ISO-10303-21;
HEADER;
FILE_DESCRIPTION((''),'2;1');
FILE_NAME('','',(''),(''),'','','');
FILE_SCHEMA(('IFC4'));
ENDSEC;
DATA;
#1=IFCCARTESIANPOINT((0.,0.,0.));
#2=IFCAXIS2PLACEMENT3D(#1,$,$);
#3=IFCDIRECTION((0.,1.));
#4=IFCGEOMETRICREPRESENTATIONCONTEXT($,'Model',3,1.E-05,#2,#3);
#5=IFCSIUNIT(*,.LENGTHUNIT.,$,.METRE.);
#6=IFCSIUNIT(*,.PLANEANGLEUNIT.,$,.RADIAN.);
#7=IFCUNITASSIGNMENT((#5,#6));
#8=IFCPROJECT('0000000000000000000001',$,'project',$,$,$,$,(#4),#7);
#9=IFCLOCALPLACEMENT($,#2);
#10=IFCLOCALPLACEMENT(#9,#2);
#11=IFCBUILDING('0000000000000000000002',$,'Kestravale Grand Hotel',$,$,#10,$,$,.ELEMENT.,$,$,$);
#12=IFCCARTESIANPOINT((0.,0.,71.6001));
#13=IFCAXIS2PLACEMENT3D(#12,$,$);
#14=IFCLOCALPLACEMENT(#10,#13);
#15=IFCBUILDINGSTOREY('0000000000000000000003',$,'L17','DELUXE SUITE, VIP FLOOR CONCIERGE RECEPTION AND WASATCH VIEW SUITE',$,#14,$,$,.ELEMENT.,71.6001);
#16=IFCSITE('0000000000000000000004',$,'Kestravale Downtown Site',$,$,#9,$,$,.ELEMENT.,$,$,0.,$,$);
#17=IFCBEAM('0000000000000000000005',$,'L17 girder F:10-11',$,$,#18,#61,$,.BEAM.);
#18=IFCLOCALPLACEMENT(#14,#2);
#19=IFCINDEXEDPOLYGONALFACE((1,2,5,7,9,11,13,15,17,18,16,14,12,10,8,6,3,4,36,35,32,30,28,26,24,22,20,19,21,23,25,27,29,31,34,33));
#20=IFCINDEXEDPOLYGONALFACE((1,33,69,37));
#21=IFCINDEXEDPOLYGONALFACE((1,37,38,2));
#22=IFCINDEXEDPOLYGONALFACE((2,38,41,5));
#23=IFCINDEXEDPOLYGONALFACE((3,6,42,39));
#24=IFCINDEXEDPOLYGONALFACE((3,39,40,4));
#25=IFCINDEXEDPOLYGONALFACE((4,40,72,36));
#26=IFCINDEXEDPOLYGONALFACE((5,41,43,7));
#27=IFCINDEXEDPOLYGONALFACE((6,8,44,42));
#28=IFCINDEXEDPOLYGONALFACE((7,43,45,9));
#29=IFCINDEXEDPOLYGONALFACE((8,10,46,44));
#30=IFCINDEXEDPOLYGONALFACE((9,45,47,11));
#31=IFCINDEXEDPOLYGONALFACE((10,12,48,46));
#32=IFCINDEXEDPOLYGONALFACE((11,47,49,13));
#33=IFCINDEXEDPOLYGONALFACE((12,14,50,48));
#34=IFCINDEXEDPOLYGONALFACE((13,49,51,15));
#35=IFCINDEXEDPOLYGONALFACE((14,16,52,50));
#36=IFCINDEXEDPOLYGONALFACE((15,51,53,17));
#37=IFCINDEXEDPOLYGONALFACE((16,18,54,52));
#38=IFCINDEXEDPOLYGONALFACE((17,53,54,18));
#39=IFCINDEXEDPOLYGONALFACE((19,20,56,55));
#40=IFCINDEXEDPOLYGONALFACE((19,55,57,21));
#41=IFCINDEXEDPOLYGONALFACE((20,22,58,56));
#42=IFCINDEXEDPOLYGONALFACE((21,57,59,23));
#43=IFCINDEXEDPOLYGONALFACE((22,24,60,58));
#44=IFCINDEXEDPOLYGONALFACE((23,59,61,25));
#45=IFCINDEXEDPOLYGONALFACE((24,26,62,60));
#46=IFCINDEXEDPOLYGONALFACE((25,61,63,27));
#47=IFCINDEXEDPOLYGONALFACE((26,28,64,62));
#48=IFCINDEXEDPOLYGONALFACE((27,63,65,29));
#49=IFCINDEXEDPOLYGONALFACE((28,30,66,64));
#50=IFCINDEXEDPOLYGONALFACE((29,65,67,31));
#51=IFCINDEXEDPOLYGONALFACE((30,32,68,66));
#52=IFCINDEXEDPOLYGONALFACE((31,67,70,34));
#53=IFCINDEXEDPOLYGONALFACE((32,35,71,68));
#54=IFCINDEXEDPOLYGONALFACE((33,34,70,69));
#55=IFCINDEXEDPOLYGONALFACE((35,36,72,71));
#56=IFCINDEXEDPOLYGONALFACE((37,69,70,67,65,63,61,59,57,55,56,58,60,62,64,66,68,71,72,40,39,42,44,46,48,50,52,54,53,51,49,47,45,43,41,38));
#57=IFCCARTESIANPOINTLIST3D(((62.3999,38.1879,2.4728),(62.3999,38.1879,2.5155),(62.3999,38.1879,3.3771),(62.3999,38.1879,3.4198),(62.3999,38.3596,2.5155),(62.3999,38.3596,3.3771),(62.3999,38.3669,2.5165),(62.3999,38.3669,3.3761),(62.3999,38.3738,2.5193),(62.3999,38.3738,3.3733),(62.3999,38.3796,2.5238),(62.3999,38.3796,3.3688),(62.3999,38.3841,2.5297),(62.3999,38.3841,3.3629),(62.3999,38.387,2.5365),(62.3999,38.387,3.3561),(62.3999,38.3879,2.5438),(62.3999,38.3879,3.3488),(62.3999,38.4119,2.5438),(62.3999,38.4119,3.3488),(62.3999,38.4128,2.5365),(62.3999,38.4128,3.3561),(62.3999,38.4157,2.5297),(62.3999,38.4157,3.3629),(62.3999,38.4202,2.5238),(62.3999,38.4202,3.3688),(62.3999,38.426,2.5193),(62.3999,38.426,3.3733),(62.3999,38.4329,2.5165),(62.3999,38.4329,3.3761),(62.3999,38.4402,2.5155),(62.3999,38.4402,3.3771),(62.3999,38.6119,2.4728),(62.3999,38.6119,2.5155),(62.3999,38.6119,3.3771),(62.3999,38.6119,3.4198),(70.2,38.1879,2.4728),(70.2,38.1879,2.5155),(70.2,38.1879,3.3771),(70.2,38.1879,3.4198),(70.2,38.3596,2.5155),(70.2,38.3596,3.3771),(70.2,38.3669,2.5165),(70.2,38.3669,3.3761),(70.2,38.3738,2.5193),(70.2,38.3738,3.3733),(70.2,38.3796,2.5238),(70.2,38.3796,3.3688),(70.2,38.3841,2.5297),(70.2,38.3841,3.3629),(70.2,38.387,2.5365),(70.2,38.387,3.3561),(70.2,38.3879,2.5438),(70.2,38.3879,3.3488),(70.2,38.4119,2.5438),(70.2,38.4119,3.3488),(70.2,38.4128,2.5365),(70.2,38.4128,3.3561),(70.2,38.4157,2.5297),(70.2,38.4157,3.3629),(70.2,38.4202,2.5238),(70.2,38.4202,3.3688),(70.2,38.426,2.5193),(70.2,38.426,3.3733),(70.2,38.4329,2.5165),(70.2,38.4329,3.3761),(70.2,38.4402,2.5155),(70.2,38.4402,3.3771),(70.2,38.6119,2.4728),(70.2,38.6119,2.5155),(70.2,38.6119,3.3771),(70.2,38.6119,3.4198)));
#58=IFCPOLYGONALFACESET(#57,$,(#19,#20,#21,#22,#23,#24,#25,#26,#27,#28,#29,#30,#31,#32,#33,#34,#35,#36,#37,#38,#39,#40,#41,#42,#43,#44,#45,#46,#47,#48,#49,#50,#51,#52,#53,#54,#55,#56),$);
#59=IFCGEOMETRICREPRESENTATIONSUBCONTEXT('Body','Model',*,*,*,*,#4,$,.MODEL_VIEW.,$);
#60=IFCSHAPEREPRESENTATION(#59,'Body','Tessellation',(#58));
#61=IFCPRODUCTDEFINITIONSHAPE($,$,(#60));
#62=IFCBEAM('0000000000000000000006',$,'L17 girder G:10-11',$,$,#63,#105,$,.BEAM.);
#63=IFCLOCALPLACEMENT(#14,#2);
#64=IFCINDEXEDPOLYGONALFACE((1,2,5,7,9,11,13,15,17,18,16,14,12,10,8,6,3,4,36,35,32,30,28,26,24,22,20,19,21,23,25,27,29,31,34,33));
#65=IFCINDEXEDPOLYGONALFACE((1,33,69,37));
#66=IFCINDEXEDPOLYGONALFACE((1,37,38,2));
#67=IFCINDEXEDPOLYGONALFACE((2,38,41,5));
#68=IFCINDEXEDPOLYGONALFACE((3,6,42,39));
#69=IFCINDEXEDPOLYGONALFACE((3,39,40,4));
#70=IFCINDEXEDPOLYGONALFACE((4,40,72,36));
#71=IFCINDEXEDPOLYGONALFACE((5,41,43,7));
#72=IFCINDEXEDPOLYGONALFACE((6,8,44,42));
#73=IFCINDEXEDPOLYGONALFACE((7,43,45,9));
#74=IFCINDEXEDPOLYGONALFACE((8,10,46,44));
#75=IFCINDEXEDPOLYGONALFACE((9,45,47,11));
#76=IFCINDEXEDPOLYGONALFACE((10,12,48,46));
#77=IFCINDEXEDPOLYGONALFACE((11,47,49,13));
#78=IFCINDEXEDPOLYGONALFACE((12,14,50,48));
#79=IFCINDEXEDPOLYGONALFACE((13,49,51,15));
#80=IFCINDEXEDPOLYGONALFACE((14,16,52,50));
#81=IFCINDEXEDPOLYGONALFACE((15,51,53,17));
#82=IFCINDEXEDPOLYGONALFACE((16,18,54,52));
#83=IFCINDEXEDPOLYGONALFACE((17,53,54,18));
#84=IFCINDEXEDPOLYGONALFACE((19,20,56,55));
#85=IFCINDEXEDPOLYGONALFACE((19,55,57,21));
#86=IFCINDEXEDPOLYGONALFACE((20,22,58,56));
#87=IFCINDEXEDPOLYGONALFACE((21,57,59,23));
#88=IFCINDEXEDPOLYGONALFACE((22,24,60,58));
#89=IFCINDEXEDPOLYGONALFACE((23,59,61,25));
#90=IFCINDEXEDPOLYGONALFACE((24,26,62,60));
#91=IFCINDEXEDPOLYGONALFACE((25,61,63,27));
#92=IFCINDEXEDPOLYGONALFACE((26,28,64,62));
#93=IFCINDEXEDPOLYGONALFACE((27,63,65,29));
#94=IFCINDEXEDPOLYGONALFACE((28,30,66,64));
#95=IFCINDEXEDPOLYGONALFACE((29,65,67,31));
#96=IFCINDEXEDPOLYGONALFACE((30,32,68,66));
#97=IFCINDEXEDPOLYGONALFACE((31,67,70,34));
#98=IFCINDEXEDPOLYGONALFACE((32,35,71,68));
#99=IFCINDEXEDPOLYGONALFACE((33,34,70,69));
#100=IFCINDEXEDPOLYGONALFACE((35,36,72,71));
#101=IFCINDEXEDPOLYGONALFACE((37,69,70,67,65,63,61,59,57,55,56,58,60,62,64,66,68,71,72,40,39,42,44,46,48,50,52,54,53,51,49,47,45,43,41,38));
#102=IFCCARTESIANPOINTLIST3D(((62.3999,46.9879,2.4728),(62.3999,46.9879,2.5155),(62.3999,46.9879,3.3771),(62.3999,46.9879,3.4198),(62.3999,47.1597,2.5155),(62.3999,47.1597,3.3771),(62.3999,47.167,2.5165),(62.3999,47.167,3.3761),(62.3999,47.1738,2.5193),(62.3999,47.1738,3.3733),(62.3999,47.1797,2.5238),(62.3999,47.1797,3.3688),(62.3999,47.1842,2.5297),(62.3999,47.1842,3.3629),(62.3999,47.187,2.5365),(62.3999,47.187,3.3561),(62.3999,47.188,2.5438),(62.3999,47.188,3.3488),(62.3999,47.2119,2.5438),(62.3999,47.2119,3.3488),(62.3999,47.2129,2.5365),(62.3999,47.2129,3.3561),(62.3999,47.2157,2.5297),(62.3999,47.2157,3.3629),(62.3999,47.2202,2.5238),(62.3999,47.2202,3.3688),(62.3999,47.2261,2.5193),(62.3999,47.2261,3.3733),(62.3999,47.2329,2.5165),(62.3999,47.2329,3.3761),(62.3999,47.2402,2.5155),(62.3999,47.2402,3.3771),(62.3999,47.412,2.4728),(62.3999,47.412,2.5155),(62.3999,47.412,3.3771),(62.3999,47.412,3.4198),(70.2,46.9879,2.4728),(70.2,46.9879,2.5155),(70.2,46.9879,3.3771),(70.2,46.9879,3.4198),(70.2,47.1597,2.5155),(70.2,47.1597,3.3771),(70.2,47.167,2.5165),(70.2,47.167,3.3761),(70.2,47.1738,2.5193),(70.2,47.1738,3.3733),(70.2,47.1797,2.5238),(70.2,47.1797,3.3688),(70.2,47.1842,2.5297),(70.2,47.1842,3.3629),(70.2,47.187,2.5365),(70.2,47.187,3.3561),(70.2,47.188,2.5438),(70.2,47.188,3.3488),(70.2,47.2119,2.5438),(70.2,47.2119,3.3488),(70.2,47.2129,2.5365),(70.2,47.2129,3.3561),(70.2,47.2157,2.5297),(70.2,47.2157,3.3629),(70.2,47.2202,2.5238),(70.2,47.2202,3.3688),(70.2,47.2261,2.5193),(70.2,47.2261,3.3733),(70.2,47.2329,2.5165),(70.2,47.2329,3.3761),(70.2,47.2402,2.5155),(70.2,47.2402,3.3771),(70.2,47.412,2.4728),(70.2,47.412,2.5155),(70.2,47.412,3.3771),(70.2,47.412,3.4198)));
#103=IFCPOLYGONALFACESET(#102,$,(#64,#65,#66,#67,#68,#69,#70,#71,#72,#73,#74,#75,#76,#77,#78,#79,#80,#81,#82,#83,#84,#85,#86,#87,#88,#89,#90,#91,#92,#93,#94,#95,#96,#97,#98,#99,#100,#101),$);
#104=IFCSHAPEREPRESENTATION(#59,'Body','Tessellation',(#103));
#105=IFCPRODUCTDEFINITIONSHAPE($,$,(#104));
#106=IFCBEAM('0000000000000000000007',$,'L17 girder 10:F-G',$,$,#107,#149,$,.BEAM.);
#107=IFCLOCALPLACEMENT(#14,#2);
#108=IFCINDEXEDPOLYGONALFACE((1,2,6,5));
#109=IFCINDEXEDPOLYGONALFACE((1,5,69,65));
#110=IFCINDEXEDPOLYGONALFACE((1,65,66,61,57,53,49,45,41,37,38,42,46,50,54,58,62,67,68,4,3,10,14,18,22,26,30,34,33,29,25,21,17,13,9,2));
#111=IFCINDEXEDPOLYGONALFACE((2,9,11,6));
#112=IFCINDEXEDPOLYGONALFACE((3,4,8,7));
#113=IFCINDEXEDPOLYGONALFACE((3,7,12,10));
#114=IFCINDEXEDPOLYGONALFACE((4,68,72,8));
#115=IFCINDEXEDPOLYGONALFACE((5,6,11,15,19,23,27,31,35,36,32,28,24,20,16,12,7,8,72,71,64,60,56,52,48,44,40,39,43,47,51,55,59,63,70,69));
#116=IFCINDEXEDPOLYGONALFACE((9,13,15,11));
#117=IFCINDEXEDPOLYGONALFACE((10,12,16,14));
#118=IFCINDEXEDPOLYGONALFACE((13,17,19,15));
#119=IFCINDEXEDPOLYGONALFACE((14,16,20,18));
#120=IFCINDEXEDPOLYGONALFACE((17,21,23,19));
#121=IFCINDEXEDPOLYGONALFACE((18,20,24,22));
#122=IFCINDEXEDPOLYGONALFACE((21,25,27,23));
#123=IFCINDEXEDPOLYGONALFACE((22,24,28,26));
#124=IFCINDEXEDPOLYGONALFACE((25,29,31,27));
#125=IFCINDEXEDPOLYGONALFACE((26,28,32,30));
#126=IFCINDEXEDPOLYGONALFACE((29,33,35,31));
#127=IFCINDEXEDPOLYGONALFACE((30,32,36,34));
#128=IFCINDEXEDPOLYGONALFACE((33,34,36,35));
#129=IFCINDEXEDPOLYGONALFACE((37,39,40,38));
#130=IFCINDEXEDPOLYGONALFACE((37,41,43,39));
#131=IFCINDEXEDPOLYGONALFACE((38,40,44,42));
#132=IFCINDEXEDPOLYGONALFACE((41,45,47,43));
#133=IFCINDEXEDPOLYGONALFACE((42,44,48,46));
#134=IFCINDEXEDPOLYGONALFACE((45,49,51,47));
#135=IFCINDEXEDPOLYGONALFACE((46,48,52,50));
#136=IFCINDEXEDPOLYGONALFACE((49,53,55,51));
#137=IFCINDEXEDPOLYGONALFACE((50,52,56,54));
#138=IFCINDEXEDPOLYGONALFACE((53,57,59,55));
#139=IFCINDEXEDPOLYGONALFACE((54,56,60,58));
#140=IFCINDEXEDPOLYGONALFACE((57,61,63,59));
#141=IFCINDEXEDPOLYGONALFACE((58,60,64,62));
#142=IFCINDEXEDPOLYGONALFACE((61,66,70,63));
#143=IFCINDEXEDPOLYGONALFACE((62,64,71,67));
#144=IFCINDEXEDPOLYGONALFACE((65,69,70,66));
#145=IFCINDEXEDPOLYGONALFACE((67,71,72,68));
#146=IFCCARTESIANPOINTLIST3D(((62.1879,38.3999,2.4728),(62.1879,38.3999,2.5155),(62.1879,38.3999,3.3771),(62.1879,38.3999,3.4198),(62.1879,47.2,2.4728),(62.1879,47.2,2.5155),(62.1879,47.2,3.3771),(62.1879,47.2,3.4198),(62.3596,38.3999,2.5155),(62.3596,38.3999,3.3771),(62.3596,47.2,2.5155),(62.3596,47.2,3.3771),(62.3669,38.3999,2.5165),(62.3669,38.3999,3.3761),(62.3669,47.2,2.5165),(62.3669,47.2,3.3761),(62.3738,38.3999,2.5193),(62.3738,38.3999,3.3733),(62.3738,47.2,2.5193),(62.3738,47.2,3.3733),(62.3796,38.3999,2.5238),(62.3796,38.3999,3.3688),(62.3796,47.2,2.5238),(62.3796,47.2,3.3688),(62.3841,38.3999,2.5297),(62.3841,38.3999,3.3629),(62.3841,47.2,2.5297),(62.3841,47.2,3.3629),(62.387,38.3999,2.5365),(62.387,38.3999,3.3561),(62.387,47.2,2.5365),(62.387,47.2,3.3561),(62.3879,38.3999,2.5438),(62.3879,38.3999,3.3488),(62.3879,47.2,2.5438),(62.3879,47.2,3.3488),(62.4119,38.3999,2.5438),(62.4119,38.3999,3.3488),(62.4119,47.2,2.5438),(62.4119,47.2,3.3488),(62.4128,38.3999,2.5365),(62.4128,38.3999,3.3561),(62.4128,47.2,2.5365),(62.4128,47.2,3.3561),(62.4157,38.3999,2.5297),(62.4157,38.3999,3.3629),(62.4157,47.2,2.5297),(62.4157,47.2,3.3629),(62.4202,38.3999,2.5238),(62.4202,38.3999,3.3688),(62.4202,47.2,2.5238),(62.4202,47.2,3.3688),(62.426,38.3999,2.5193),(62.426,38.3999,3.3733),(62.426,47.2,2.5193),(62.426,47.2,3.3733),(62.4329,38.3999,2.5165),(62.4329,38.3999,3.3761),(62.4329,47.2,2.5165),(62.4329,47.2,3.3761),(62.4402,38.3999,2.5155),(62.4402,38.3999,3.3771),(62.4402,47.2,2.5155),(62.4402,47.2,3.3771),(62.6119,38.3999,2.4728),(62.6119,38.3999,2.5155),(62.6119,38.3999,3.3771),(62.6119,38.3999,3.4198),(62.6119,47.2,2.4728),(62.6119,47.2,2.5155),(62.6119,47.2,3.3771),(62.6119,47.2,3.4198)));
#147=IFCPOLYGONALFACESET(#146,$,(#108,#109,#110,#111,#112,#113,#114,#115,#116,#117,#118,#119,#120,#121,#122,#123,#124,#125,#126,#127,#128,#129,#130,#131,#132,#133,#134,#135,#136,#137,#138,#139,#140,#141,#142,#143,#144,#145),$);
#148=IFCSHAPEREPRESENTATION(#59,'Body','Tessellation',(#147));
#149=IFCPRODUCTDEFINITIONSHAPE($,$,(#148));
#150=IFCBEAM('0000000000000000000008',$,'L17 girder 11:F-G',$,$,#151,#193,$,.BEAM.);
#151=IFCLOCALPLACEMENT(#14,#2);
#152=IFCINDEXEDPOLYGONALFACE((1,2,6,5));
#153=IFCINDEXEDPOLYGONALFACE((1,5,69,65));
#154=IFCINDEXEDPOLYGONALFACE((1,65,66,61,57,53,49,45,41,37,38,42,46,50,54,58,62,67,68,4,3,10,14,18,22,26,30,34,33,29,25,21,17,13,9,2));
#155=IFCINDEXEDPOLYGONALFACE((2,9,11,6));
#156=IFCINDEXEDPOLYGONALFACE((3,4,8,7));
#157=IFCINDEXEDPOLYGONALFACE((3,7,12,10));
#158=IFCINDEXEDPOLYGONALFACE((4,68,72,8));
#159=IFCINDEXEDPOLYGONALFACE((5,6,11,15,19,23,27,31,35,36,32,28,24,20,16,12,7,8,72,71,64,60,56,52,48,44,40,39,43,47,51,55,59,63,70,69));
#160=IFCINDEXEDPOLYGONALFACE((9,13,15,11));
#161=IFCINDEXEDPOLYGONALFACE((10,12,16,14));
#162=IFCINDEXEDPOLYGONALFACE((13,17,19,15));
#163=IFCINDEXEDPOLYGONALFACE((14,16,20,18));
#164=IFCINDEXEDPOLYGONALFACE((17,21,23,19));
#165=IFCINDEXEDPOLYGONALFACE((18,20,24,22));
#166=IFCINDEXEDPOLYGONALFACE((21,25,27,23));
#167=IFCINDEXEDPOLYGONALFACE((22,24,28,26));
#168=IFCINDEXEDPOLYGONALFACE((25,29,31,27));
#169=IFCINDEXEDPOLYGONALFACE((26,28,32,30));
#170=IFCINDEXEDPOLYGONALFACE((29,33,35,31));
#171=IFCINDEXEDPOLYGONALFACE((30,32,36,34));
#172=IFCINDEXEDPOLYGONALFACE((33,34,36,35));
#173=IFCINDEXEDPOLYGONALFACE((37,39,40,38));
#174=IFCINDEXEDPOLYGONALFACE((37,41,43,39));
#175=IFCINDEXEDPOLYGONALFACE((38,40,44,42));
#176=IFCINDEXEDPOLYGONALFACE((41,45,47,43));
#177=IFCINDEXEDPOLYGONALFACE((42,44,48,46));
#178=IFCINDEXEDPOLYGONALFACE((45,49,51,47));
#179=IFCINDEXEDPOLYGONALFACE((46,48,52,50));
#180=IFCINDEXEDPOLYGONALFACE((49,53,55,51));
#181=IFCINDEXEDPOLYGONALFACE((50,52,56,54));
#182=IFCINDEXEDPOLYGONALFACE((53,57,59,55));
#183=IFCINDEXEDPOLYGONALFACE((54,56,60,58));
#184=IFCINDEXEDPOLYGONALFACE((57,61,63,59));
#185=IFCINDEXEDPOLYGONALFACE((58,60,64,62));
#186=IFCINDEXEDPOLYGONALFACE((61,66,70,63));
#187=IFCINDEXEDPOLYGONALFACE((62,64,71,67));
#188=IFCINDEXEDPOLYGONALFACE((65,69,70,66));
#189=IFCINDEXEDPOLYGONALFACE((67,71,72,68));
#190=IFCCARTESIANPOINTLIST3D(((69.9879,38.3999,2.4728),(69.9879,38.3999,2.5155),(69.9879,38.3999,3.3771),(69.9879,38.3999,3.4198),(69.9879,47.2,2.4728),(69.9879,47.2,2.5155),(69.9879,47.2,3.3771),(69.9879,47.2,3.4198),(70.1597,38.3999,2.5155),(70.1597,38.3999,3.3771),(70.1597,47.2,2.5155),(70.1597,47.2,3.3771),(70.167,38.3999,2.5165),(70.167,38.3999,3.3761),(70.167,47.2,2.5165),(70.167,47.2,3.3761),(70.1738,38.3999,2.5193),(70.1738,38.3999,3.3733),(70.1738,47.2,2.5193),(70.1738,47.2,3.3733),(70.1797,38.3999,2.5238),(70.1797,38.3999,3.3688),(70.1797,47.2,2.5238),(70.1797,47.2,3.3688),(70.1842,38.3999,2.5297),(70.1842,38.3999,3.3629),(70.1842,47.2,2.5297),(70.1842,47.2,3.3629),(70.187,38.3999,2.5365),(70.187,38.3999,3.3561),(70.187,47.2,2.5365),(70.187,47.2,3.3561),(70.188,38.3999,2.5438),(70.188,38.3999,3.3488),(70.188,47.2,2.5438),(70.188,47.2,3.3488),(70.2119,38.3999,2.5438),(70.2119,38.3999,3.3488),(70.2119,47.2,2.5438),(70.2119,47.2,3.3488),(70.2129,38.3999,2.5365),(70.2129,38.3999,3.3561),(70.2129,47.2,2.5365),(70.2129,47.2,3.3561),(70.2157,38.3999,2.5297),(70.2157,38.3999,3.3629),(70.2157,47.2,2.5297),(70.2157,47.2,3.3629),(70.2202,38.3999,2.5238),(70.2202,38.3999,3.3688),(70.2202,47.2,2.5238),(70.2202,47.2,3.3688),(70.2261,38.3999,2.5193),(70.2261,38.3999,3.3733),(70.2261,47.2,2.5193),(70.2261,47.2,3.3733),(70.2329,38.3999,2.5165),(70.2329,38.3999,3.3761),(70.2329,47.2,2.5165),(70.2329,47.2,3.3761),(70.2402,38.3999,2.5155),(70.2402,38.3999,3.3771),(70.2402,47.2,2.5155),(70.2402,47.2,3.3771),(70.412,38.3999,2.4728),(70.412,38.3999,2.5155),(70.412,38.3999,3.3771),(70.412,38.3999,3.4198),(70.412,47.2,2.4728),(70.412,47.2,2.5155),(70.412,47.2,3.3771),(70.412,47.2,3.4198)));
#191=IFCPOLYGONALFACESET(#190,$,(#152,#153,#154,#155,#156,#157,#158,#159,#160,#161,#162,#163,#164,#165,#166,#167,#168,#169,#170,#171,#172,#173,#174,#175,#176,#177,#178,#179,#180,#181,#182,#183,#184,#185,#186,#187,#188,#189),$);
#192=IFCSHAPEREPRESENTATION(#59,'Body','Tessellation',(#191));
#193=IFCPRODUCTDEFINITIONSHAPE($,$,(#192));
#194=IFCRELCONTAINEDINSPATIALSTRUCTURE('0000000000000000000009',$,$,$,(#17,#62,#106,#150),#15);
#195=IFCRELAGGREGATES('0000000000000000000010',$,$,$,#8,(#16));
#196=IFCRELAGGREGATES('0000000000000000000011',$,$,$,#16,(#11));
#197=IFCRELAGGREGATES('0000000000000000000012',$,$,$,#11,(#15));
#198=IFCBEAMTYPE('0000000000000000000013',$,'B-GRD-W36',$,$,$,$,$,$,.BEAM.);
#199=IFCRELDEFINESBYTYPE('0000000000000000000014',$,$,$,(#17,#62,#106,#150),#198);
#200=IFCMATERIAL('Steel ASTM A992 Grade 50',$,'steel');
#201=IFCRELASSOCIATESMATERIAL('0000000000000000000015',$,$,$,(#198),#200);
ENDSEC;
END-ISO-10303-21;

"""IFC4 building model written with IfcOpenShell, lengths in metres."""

from ifc_helpers import new_model, si_unit, direction, frame, origin, origin_2d, place, context, subcontext, project, spatial, i_section, extrude, material, material_profile, profile_set, type_object, element, save


model = new_model("IFC4")

# Units and contexts
model_context = context("Model", 3, precision=1e-05, world=origin(), true_north=direction((0.0, 1.0)))
body_context = subcontext(model_context, "Body", "Model", "MODEL_VIEW")
ifc_project = project(units=[si_unit("LENGTHUNIT", "METRE"), si_unit("PLANEANGLEUNIT", "RADIAN")], contexts=[model_context])

# Site, building, storey
site_placement = place(None, origin())
site = spatial("IfcSite", under=ifc_project, at=site_placement, Name="Kestravale Downtown Site", CompositionType="ELEMENT", RefElevation=0.0)
building_placement = place(site_placement, origin())
building = spatial("IfcBuilding", under=site, at=building_placement, Name="Kestravale Grand Hotel", CompositionType="ELEMENT")
storey_placement = place(building_placement, frame((0.0, 0.0, 71.6001)))
storey = spatial("IfcBuildingStorey", under=building, at=storey_placement, Name="L17", Description="DELUXE SUITE, VIP FLOOR CONCIERGE RECEPTION AND WASATCH VIEW SUITE", CompositionType="ELEMENT", Elevation=71.6001)

# Beams
ifc_material_1 = material(Name="Steel ASTM A992 Grade 50", Category="steel")
ifc_material_profile_1 = material_profile(ifc_material_1, i_section(OverallWidth=0.4241, OverallDepth=0.947, WebThickness=0.0239, FlangeThickness=0.0427, FilletRadius=0.0283, at=origin_2d()))
ifc_profile_set_1 = profile_set([ifc_material_profile_1], Name="Steel ASTM A992 Grade 50")
beam_type_1 = type_object("IfcBeamType", Name="B-GRD-W36", PredefinedType="BEAM", material=ifc_profile_set_1)
for number, where, z_axis, x_axis, name in (
    (1, (62.3999, 38.3999, 2.9463), (1.0, 0.0, 0.0), (0.0, 1.0, 0.0), "L17 girder F:10-11"),
    (2, (62.3999, 47.2, 2.9463), (1.0, 0.0, 0.0), (0.0, 1.0, 0.0), "L17 girder G:10-11"),
):
    element("IfcBeam", number, at=place(storey_placement, frame(where, z_axis=z_axis, x_axis=x_axis)), inside=storey, type_object=beam_type_1, Name=name, PredefinedType="BEAM", context=body_context, shape_type="SweptSolid", body=[
        extrude(i_section(OverallWidth=0.4241, OverallDepth=0.947, WebThickness=0.0239, FlangeThickness=0.0427, FilletRadius=0.0283, at=origin_2d()), origin(), (0.0, 0.0, 1.0), 7.8),
    ])
for number, where, z_axis, x_axis, name in (
    (3, (62.3999, 38.3999, 2.9463), (0.0, 1.0, 0.0), (-1.0, 0.0, 0.0), "L17 girder 10:F-G"),
    (4, (70.2, 38.3999, 2.9463), (0.0, 1.0, 0.0), (-1.0, 0.0, 0.0), "L17 girder 11:F-G"),
):
    element("IfcBeam", number, at=place(storey_placement, frame(where, z_axis=z_axis, x_axis=x_axis)), inside=storey, type_object=beam_type_1, Name=name, PredefinedType="BEAM", context=body_context, shape_type="SweptSolid", body=[
        extrude(i_section(OverallWidth=0.4241, OverallDepth=0.947, WebThickness=0.0239, FlangeThickness=0.0427, FilletRadius=0.0283, at=origin_2d()), origin(), (0.0, 0.0, 1.0), 8.8),
    ])

save(model, "model.ifc")
